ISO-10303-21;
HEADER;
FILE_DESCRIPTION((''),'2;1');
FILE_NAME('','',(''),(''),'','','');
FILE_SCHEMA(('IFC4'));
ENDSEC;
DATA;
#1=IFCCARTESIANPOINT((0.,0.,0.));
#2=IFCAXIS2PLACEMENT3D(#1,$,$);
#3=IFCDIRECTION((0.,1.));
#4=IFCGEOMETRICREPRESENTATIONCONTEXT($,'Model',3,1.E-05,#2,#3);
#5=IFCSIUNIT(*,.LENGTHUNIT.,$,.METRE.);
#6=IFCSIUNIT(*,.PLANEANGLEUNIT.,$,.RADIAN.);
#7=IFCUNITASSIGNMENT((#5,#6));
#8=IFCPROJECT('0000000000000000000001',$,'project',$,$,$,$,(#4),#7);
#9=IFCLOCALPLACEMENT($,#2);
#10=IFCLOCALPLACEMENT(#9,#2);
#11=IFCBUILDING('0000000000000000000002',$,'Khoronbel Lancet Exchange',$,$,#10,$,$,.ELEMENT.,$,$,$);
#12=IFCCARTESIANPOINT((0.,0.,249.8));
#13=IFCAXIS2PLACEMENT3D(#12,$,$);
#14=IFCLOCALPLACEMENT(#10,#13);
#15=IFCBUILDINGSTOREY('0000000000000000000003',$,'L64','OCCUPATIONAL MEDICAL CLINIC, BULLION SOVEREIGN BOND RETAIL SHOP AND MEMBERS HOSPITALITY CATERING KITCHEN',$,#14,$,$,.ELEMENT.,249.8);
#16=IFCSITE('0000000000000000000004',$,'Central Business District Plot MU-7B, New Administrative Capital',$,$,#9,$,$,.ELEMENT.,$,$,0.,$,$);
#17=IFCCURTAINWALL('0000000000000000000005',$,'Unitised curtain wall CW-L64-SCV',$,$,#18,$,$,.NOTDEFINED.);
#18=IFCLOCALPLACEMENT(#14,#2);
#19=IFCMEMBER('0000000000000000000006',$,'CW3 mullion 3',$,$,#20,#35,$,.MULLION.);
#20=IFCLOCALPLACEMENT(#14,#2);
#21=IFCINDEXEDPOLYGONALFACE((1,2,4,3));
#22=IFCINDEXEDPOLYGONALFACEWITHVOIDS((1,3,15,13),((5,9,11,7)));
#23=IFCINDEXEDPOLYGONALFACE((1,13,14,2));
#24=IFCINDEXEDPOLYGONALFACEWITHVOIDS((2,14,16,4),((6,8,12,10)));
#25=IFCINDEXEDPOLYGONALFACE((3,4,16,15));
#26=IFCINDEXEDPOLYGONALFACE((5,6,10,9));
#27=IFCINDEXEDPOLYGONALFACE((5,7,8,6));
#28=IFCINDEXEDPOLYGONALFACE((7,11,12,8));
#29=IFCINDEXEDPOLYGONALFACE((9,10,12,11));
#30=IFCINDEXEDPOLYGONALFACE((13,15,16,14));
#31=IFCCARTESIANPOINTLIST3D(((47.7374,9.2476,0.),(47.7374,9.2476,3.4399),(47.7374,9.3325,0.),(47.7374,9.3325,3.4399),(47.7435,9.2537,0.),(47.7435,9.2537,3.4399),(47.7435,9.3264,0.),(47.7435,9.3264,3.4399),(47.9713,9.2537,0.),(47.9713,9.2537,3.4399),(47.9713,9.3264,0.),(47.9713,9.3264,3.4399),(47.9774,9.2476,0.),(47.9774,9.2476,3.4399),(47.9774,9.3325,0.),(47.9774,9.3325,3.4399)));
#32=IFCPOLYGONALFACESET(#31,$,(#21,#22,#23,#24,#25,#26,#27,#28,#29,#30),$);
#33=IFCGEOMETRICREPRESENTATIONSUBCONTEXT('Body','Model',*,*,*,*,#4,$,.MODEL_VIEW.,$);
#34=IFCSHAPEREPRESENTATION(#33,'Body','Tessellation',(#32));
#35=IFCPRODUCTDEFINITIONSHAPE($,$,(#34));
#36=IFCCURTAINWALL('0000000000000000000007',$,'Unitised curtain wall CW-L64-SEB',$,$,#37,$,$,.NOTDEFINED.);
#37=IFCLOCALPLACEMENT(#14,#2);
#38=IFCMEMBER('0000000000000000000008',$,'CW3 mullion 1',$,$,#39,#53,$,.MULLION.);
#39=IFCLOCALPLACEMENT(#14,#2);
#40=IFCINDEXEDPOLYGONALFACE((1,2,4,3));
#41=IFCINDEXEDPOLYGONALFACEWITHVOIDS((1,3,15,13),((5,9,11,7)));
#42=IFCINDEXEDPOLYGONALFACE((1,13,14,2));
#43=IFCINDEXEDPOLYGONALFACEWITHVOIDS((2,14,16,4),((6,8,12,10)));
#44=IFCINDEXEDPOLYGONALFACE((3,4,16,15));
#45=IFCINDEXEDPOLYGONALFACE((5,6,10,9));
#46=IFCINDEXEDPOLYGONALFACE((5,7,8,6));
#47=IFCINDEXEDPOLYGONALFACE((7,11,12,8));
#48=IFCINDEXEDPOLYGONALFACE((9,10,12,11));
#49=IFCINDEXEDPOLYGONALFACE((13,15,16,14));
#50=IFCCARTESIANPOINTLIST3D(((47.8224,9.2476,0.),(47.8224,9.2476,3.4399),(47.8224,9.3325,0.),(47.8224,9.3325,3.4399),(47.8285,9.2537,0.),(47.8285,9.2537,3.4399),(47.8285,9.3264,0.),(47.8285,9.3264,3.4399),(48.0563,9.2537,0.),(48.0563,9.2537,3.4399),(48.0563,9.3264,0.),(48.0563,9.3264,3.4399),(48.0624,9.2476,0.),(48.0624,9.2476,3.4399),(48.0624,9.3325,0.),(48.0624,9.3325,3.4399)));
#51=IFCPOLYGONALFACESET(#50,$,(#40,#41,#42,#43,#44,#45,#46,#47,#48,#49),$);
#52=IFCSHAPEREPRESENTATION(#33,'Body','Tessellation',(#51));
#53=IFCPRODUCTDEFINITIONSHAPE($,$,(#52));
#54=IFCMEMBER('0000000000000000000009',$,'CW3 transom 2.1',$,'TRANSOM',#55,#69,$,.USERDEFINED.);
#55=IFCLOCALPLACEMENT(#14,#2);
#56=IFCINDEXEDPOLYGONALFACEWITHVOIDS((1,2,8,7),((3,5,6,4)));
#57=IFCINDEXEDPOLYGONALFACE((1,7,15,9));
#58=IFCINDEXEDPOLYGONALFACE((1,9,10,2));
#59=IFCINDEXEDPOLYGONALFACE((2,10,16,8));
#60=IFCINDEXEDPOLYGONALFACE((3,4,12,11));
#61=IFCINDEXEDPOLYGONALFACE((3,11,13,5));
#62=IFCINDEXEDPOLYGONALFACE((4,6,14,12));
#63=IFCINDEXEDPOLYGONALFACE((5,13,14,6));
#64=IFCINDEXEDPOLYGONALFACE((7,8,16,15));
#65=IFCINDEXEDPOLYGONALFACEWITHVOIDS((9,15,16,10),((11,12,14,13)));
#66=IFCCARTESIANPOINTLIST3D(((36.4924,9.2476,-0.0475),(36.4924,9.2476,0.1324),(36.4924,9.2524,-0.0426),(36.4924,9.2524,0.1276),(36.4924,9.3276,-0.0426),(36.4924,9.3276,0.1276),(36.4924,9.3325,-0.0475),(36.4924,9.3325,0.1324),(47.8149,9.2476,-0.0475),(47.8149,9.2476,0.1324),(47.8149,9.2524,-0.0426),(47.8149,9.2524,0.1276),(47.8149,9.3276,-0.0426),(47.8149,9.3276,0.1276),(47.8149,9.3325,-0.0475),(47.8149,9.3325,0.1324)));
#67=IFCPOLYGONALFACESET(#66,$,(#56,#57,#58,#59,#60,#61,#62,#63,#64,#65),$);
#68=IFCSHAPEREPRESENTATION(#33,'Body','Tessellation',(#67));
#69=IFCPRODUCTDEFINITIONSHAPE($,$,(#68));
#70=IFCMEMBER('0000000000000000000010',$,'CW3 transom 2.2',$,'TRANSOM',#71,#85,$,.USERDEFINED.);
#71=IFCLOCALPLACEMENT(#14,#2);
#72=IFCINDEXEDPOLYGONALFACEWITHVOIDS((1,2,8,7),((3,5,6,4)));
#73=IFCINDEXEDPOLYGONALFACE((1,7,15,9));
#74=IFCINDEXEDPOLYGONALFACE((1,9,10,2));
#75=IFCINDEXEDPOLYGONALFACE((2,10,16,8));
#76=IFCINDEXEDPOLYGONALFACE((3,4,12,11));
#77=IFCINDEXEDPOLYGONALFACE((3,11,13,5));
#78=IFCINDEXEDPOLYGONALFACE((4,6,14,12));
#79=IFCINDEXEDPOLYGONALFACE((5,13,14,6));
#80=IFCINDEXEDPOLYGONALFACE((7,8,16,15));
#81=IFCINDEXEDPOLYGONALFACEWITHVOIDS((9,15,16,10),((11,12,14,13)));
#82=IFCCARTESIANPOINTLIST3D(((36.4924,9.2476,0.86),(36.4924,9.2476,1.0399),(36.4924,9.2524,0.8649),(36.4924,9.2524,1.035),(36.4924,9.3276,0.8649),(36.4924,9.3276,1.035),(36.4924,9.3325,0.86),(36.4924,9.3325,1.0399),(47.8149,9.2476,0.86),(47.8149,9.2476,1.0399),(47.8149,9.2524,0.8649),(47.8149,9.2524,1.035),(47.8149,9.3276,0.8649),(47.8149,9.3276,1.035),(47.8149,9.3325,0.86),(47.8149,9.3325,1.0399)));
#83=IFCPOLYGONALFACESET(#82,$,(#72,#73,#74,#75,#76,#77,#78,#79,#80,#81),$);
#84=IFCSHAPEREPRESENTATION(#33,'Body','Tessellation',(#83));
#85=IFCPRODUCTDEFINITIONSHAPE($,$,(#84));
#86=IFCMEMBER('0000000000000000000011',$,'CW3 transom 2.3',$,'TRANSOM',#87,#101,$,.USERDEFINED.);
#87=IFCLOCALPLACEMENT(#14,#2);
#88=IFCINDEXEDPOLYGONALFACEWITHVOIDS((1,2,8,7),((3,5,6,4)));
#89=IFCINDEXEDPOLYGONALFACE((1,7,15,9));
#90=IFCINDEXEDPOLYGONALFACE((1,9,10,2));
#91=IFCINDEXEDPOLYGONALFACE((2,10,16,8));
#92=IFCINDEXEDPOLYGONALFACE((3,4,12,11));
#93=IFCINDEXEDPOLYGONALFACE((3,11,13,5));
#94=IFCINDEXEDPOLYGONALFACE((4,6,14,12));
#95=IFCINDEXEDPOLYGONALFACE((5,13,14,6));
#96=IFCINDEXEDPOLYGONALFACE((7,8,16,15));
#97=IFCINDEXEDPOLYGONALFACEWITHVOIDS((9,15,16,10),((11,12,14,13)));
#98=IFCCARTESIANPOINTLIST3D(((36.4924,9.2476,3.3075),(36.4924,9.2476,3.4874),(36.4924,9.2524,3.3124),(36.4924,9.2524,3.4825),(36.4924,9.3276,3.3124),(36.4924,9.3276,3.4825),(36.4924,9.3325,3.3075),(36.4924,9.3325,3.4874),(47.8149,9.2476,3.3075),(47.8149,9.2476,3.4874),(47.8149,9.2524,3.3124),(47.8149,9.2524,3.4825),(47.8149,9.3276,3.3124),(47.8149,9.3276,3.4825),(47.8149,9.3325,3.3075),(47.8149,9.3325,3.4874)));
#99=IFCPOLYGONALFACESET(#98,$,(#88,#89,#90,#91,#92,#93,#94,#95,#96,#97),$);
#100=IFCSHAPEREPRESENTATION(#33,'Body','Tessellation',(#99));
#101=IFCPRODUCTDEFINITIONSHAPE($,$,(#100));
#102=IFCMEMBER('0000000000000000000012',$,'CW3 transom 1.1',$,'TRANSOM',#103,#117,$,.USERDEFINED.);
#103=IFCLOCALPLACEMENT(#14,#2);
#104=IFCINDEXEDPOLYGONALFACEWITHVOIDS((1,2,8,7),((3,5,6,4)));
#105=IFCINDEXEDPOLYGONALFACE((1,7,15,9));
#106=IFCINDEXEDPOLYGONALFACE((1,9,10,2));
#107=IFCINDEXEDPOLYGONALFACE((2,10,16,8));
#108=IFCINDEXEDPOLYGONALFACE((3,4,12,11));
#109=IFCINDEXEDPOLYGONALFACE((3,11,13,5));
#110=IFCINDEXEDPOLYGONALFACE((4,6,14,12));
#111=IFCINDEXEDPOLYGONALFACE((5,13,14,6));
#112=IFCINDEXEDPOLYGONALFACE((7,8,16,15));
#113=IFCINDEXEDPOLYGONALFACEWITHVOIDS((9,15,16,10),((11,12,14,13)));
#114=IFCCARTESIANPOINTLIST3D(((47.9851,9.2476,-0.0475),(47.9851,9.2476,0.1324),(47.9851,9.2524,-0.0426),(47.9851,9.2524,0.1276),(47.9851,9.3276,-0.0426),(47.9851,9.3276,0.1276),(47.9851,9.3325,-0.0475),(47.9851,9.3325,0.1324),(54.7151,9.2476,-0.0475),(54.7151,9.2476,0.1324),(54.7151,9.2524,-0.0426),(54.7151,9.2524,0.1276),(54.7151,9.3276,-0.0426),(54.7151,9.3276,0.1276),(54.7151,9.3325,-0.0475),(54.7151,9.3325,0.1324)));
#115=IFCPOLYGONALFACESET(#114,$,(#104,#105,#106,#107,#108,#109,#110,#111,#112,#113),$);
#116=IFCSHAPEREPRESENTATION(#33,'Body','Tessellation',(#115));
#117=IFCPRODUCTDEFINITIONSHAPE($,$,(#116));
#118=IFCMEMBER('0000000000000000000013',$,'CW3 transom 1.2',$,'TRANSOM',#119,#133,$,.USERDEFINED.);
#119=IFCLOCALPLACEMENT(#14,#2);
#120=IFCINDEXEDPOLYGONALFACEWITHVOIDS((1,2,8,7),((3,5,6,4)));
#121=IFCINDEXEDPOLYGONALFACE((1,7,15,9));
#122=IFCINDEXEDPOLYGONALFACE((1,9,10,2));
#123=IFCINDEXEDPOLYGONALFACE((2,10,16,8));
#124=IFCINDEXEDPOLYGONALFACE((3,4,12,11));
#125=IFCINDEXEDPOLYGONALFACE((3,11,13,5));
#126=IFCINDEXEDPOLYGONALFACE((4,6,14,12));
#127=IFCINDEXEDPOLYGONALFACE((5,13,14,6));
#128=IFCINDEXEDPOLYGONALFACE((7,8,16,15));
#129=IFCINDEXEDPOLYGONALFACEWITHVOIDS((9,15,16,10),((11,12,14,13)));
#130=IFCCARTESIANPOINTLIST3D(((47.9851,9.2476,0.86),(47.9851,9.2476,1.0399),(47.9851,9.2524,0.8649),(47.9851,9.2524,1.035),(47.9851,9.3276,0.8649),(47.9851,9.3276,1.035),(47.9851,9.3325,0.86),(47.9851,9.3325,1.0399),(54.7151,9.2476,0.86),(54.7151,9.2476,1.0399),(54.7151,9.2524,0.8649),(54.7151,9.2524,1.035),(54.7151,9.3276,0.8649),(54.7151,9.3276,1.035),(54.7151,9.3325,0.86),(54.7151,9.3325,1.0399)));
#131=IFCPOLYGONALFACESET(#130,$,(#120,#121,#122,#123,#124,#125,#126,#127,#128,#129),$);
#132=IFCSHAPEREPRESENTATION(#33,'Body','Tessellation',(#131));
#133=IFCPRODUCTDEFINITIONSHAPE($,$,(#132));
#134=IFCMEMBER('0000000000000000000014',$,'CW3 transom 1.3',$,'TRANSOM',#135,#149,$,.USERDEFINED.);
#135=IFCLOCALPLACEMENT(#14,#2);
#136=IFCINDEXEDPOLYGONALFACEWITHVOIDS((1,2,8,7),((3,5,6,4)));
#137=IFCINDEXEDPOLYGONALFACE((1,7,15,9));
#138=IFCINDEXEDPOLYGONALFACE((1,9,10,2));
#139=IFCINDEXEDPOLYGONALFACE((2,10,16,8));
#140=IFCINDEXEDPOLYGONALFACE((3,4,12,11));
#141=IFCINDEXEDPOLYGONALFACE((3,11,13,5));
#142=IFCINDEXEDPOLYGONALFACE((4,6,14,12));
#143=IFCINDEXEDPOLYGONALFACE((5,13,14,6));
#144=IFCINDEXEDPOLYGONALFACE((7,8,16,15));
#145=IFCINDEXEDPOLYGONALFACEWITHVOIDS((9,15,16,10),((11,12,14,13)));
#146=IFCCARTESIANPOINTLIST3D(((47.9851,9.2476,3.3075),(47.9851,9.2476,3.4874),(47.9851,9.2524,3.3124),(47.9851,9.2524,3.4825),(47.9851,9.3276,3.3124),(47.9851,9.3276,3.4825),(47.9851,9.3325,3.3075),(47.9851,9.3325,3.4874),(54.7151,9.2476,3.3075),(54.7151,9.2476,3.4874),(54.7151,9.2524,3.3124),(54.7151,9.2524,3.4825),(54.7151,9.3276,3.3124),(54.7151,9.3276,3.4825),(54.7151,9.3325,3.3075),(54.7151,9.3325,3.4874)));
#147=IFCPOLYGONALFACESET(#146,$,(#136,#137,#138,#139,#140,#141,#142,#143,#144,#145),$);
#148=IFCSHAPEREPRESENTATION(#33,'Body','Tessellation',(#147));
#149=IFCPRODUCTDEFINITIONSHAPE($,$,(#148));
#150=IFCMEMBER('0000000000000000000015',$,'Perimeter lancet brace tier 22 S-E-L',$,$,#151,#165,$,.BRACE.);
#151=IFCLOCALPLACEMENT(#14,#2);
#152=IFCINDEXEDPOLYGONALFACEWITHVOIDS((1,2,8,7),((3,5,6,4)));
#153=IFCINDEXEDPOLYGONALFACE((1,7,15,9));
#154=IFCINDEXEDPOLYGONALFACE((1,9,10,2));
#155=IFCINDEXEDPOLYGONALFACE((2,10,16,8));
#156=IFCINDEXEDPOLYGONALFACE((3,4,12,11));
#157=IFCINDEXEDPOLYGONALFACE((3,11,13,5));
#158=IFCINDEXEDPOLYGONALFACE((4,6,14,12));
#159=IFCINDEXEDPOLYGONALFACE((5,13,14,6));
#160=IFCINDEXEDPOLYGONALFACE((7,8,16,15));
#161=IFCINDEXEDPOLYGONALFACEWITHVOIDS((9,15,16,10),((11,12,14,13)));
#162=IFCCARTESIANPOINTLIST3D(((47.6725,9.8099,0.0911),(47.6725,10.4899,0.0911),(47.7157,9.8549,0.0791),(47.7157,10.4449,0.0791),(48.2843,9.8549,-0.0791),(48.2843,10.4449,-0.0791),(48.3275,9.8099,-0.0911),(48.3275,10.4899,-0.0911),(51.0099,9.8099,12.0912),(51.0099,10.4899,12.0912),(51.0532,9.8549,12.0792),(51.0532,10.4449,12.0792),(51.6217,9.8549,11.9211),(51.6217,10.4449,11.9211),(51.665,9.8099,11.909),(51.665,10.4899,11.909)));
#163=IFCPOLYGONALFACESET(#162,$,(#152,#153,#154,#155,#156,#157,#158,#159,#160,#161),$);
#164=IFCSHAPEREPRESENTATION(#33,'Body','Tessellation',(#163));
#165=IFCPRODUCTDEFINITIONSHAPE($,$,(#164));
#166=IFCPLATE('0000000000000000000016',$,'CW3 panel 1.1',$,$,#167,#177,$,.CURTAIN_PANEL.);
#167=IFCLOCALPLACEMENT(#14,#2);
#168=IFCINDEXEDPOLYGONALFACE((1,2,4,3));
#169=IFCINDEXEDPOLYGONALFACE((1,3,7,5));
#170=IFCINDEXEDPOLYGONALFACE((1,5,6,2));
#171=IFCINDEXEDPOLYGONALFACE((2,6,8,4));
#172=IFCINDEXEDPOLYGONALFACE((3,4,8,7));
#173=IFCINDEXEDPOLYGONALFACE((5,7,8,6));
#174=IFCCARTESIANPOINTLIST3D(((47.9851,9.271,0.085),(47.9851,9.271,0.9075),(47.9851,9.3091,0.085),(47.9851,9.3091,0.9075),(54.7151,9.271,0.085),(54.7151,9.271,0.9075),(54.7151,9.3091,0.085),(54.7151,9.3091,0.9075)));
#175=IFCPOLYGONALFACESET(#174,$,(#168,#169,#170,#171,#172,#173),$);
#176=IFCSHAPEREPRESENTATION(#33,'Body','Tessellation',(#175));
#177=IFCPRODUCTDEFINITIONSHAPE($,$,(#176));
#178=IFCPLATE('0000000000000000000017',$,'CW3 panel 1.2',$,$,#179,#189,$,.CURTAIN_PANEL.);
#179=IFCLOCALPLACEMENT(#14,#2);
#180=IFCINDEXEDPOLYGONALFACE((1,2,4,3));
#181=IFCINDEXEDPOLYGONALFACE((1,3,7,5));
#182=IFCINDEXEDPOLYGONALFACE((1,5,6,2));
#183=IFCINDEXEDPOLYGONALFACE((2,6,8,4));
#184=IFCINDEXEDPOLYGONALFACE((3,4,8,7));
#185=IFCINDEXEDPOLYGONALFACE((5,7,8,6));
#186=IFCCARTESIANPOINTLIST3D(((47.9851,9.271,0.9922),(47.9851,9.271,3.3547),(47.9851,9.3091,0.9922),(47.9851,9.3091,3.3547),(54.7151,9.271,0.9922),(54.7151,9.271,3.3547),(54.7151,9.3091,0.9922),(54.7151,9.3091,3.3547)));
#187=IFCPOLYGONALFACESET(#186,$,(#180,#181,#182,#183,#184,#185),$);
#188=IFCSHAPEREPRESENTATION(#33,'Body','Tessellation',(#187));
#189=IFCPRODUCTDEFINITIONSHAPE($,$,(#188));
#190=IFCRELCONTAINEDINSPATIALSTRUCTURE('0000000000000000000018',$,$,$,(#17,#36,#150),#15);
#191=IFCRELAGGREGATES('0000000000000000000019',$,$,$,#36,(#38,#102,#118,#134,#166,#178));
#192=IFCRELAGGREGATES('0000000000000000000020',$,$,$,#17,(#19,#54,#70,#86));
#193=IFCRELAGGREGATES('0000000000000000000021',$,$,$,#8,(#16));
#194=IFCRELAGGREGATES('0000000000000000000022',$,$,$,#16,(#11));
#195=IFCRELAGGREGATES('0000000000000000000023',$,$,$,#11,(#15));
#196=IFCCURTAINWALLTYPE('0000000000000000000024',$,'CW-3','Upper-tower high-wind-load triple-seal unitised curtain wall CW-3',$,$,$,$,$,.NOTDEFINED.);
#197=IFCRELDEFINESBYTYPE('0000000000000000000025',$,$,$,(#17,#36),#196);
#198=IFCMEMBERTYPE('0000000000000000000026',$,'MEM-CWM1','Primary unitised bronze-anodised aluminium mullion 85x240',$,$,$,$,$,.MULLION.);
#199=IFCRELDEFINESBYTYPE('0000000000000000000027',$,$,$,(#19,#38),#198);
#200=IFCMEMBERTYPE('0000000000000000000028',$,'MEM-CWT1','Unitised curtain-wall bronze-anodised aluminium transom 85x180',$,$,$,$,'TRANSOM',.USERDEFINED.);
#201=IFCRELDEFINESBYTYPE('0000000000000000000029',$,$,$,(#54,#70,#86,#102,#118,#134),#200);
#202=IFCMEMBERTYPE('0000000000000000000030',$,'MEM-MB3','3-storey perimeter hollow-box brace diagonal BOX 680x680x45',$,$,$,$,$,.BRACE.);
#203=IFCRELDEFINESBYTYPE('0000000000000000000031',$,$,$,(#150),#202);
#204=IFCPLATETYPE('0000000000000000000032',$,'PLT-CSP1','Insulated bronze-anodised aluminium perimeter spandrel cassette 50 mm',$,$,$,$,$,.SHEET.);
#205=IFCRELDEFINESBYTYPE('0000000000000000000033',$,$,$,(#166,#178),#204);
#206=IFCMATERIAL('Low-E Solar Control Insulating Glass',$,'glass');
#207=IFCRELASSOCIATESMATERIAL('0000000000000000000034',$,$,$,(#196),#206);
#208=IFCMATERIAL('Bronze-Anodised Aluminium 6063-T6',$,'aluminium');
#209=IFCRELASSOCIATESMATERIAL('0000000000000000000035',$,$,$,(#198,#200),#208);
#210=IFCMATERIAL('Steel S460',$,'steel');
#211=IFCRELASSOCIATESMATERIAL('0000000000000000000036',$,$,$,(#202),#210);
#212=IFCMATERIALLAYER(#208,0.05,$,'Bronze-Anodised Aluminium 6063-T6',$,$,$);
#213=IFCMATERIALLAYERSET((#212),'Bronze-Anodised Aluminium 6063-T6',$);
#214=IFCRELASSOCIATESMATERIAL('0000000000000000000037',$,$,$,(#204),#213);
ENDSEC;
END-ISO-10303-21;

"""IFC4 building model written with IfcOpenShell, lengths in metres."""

from ifc_helpers import new_model, si_unit, direction, frame, origin, origin_2d, place, context, subcontext, project, spatial, rectangle, hollow_rectangle, extrude, material, layer, layer_set, material_profile, profile_set, type_object, element, aggregate, save


model = new_model("IFC4")

# Units and contexts
model_context = context("Model", 3, precision=1e-05, world=origin(), true_north=direction((0.0, 1.0)))
body_context = subcontext(model_context, "Body", "Model", "MODEL_VIEW")
ifc_project = project(units=[si_unit("LENGTHUNIT", "METRE"), si_unit("PLANEANGLEUNIT", "RADIAN")], contexts=[model_context])

# Site, building, storey
site_placement = place(None, origin())
site = spatial("IfcSite", under=ifc_project, at=site_placement, Name="Central Business District Plot MU-7B, New Administrative Capital", CompositionType="ELEMENT", RefElevation=0.0)
building_placement = place(site_placement, origin())
building = spatial("IfcBuilding", under=site, at=building_placement, Name="Khoronbel Lancet Exchange", CompositionType="ELEMENT")
storey_placement = place(building_placement, frame((0.0, 0.0, 249.8)))
storey = spatial("IfcBuildingStorey", under=building, at=storey_placement, Name="L64", Description="OCCUPATIONAL MEDICAL CLINIC, BULLION SOVEREIGN BOND RETAIL SHOP AND MEMBERS HOSPITALITY CATERING KITCHEN", CompositionType="ELEMENT", Elevation=249.8)

# Shared definitions
ifc_material_1 = material(Name="Steel S460", Category="steel")

# Curtain wall, member
ifc_material_2 = material(Name="Low-E Solar Control Insulating Glass", Category="glass")
curtain_wall_type = type_object("IfcCurtainWallType", Name="CW-3", Description="Upper-tower high-wind-load triple-seal unitised curtain wall CW-3", PredefinedType="NOTDEFINED", material=ifc_material_2)
curtain_wall_1_placement = place(storey_placement, origin())
curtain_wall_1 = element("IfcCurtainWall", 1, at=curtain_wall_1_placement, inside=storey, type_object=curtain_wall_type, Name="Unitised curtain wall CW-L64-SCV", PredefinedType="NOTDEFINED")
ifc_material_3 = material(Name="Bronze-Anodised Aluminium 6063-T6", Category="aluminium")
ifc_material_profile_1 = material_profile(ifc_material_3, hollow_rectangle(XDim=0.085, YDim=0.24, WallThickness=0.0061, at=origin_2d()), Name="ALU MULLION 85x240")
ifc_profile_set_1 = profile_set([ifc_material_profile_1], Name="Bronze-Anodised Aluminium 6063-T6")
member_type_1 = type_object("IfcMemberType", Name="MEM-CWM1", Description="Primary unitised bronze-anodised aluminium mullion 85x240", PredefinedType="MULLION", material=ifc_profile_set_1)
member_1_placement = place(storey_placement, frame((47.8574, 9.29, 0.0), z_axis=(0.0, 0.0, 1.0), x_axis=(0.0, 1.0, 0.0)))
member_1 = element("IfcMember", 2, at=member_1_placement, type_object=member_type_1, Name="CW3 mullion 3", PredefinedType="MULLION", context=body_context, shape_type="SweptSolid", body=[
    extrude(hollow_rectangle(XDim=0.085, YDim=0.24, WallThickness=0.0061, at=origin_2d()), origin(), (0.0, 0.0, 1.0), 3.4399),
])

# Curtain wall, member
curtain_wall_2_placement = place(storey_placement, origin())
curtain_wall_2 = element("IfcCurtainWall", 3, at=curtain_wall_2_placement, inside=storey, type_object=curtain_wall_type, Name="Unitised curtain wall CW-L64-SEB", PredefinedType="NOTDEFINED")
member_2_placement = place(storey_placement, frame((47.9424, 9.29, 0.0), z_axis=(0.0, 0.0, 1.0), x_axis=(0.0, 1.0, 0.0)))
member_2 = element("IfcMember", 4, at=member_2_placement, type_object=member_type_1, Name="CW3 mullion 1", PredefinedType="MULLION", context=body_context, shape_type="SweptSolid", body=[
    extrude(hollow_rectangle(XDim=0.085, YDim=0.24, WallThickness=0.0061, at=origin_2d()), origin(), (0.0, 0.0, 1.0), 3.4399),
])

# Members
ifc_material_profile_2 = material_profile(ifc_material_3, hollow_rectangle(XDim=0.085, YDim=0.1799, WallThickness=0.0049, at=origin_2d()), Name="ALU TRANSOM 85x180")
ifc_profile_set_2 = profile_set([ifc_material_profile_2], Name="Bronze-Anodised Aluminium 6063-T6")
member_type_2 = type_object("IfcMemberType", Name="MEM-CWT1", Description="Unitised curtain-wall bronze-anodised aluminium transom 85x180", ElementType="TRANSOM", PredefinedType="USERDEFINED", material=ifc_profile_set_2)
member_3_placement = place(storey_placement, frame((36.4924, 9.29, 0.0425), z_axis=(1.0, 0.0, 0.0), x_axis=(0.0, 1.0, 0.0)))
member_3 = element("IfcMember", 5, at=member_3_placement, type_object=member_type_2, Name="CW3 transom 2.1", ObjectType="TRANSOM", PredefinedType="USERDEFINED", context=body_context, shape_type="SweptSolid", body=[
    extrude(hollow_rectangle(XDim=0.085, YDim=0.1799, WallThickness=0.0049, at=origin_2d()), origin(), (0.0, 0.0, 1.0), 11.3225),
])
member_4_placement = place(storey_placement, frame((36.4924, 9.29, 0.95), z_axis=(1.0, 0.0, 0.0), x_axis=(0.0, 1.0, 0.0)))
member_4 = element("IfcMember", 6, at=member_4_placement, type_object=member_type_2, Name="CW3 transom 2.2", ObjectType="TRANSOM", PredefinedType="USERDEFINED", context=body_context, shape_type="SweptSolid", body=[
    extrude(hollow_rectangle(XDim=0.085, YDim=0.1799, WallThickness=0.0049, at=origin_2d()), origin(), (0.0, 0.0, 1.0), 11.3225),
])
member_5_placement = place(storey_placement, frame((36.4924, 9.29, 3.3975), z_axis=(1.0, 0.0, 0.0), x_axis=(0.0, 1.0, 0.0)))
member_5 = element("IfcMember", 7, at=member_5_placement, type_object=member_type_2, Name="CW3 transom 2.3", ObjectType="TRANSOM", PredefinedType="USERDEFINED", context=body_context, shape_type="SweptSolid", body=[
    extrude(hollow_rectangle(XDim=0.085, YDim=0.1799, WallThickness=0.0049, at=origin_2d()), origin(), (0.0, 0.0, 1.0), 11.3225),
])
member_6_placement = place(storey_placement, frame((47.9851, 9.29, 0.0425), z_axis=(1.0, 0.0, 0.0), x_axis=(0.0, 1.0, 0.0)))
member_6 = element("IfcMember", 8, at=member_6_placement, type_object=member_type_2, Name="CW3 transom 1.1", ObjectType="TRANSOM", PredefinedType="USERDEFINED", context=body_context, shape_type="SweptSolid", body=[
    extrude(hollow_rectangle(XDim=0.085, YDim=0.1799, WallThickness=0.0049, at=origin_2d()), origin(), (0.0, 0.0, 1.0), 6.73),
])
member_7_placement = place(storey_placement, frame((47.9851, 9.29, 0.95), z_axis=(1.0, 0.0, 0.0), x_axis=(0.0, 1.0, 0.0)))
member_7 = element("IfcMember", 9, at=member_7_placement, type_object=member_type_2, Name="CW3 transom 1.2", ObjectType="TRANSOM", PredefinedType="USERDEFINED", context=body_context, shape_type="SweptSolid", body=[
    extrude(hollow_rectangle(XDim=0.085, YDim=0.1799, WallThickness=0.0049, at=origin_2d()), origin(), (0.0, 0.0, 1.0), 6.73),
])
member_8_placement = place(storey_placement, frame((47.9851, 9.29, 3.3975), z_axis=(1.0, 0.0, 0.0), x_axis=(0.0, 1.0, 0.0)))
member_8 = element("IfcMember", 10, at=member_8_placement, type_object=member_type_2, Name="CW3 transom 1.3", ObjectType="TRANSOM", PredefinedType="USERDEFINED", context=body_context, shape_type="SweptSolid", body=[
    extrude(hollow_rectangle(XDim=0.085, YDim=0.1799, WallThickness=0.0049, at=origin_2d()), origin(), (0.0, 0.0, 1.0), 6.73),
])
ifc_material_profile_3 = material_profile(ifc_material_1, hollow_rectangle(XDim=0.6799, YDim=0.6799, WallThickness=0.0449, at=origin_2d()), Name="BOX 680x680x45")
ifc_profile_set_3 = profile_set([ifc_material_profile_3], Name="Steel S460")
member_type_3 = type_object("IfcMemberType", Name="MEM-MB3", Description="3-storey perimeter hollow-box brace diagonal BOX 680x680x45", PredefinedType="BRACE", material=ifc_profile_set_3)
member_9_placement = place(storey_placement, frame((48.0, 10.1499, 0.0), z_axis=(0.267947, 0.0, 0.963434), x_axis=(0.0, 1.0, 0.0)))
element("IfcMember", 11, at=member_9_placement, inside=storey, type_object=member_type_3, Name="Perimeter lancet brace tier 22 S-E-L", PredefinedType="BRACE", context=body_context, shape_type="SweptSolid", body=[
    extrude(hollow_rectangle(XDim=0.6799, YDim=0.6799, WallThickness=0.0449, at=origin_2d()), origin(), (0.0, 0.0, 1.0), 12.4556),
])

# Plates
ifc_layer_1 = layer(ifc_material_3, 0.05, Name="Bronze-Anodised Aluminium 6063-T6")
ifc_layer_set_1 = layer_set([ifc_layer_1], Name="Bronze-Anodised Aluminium 6063-T6")
plate_type_1 = type_object("IfcPlateType", Name="PLT-CSP1", Description="Insulated bronze-anodised aluminium perimeter spandrel cassette 50 mm", PredefinedType="SHEET", material=ifc_layer_set_1)
plate_1_placement = place(storey_placement, frame((51.3501, 9.29, 0.085), z_axis=(0.0, 0.0, 1.0), x_axis=(1.0, 0.0, 0.0)))
plate_1 = element("IfcPlate", 12, at=plate_1_placement, type_object=plate_type_1, Name="CW3 panel 1.1", PredefinedType="CURTAIN_PANEL", context=body_context, shape_type="SweptSolid", body=[
    extrude(rectangle(XDim=6.73, YDim=0.0381, at=origin_2d()), origin(), (0.0, 0.0, 1.0), 0.8225),
])
plate_2_placement = place(storey_placement, frame((51.3501, 9.29, 0.9922), z_axis=(0.0, 0.0, 1.0), x_axis=(1.0, 0.0, 0.0)))
plate_2 = element("IfcPlate", 13, at=plate_2_placement, type_object=plate_type_1, Name="CW3 panel 1.2", PredefinedType="CURTAIN_PANEL", context=body_context, shape_type="SweptSolid", body=[
    extrude(rectangle(XDim=6.73, YDim=0.0381, at=origin_2d()), origin(), (0.0, 0.0, 1.0), 2.3625),
])
aggregate(curtain_wall_2, [member_2, member_6, member_7, member_8, plate_1, plate_2])
aggregate(curtain_wall_1, [member_1, member_3, member_4, member_5])

save(model, "model.ifc")
